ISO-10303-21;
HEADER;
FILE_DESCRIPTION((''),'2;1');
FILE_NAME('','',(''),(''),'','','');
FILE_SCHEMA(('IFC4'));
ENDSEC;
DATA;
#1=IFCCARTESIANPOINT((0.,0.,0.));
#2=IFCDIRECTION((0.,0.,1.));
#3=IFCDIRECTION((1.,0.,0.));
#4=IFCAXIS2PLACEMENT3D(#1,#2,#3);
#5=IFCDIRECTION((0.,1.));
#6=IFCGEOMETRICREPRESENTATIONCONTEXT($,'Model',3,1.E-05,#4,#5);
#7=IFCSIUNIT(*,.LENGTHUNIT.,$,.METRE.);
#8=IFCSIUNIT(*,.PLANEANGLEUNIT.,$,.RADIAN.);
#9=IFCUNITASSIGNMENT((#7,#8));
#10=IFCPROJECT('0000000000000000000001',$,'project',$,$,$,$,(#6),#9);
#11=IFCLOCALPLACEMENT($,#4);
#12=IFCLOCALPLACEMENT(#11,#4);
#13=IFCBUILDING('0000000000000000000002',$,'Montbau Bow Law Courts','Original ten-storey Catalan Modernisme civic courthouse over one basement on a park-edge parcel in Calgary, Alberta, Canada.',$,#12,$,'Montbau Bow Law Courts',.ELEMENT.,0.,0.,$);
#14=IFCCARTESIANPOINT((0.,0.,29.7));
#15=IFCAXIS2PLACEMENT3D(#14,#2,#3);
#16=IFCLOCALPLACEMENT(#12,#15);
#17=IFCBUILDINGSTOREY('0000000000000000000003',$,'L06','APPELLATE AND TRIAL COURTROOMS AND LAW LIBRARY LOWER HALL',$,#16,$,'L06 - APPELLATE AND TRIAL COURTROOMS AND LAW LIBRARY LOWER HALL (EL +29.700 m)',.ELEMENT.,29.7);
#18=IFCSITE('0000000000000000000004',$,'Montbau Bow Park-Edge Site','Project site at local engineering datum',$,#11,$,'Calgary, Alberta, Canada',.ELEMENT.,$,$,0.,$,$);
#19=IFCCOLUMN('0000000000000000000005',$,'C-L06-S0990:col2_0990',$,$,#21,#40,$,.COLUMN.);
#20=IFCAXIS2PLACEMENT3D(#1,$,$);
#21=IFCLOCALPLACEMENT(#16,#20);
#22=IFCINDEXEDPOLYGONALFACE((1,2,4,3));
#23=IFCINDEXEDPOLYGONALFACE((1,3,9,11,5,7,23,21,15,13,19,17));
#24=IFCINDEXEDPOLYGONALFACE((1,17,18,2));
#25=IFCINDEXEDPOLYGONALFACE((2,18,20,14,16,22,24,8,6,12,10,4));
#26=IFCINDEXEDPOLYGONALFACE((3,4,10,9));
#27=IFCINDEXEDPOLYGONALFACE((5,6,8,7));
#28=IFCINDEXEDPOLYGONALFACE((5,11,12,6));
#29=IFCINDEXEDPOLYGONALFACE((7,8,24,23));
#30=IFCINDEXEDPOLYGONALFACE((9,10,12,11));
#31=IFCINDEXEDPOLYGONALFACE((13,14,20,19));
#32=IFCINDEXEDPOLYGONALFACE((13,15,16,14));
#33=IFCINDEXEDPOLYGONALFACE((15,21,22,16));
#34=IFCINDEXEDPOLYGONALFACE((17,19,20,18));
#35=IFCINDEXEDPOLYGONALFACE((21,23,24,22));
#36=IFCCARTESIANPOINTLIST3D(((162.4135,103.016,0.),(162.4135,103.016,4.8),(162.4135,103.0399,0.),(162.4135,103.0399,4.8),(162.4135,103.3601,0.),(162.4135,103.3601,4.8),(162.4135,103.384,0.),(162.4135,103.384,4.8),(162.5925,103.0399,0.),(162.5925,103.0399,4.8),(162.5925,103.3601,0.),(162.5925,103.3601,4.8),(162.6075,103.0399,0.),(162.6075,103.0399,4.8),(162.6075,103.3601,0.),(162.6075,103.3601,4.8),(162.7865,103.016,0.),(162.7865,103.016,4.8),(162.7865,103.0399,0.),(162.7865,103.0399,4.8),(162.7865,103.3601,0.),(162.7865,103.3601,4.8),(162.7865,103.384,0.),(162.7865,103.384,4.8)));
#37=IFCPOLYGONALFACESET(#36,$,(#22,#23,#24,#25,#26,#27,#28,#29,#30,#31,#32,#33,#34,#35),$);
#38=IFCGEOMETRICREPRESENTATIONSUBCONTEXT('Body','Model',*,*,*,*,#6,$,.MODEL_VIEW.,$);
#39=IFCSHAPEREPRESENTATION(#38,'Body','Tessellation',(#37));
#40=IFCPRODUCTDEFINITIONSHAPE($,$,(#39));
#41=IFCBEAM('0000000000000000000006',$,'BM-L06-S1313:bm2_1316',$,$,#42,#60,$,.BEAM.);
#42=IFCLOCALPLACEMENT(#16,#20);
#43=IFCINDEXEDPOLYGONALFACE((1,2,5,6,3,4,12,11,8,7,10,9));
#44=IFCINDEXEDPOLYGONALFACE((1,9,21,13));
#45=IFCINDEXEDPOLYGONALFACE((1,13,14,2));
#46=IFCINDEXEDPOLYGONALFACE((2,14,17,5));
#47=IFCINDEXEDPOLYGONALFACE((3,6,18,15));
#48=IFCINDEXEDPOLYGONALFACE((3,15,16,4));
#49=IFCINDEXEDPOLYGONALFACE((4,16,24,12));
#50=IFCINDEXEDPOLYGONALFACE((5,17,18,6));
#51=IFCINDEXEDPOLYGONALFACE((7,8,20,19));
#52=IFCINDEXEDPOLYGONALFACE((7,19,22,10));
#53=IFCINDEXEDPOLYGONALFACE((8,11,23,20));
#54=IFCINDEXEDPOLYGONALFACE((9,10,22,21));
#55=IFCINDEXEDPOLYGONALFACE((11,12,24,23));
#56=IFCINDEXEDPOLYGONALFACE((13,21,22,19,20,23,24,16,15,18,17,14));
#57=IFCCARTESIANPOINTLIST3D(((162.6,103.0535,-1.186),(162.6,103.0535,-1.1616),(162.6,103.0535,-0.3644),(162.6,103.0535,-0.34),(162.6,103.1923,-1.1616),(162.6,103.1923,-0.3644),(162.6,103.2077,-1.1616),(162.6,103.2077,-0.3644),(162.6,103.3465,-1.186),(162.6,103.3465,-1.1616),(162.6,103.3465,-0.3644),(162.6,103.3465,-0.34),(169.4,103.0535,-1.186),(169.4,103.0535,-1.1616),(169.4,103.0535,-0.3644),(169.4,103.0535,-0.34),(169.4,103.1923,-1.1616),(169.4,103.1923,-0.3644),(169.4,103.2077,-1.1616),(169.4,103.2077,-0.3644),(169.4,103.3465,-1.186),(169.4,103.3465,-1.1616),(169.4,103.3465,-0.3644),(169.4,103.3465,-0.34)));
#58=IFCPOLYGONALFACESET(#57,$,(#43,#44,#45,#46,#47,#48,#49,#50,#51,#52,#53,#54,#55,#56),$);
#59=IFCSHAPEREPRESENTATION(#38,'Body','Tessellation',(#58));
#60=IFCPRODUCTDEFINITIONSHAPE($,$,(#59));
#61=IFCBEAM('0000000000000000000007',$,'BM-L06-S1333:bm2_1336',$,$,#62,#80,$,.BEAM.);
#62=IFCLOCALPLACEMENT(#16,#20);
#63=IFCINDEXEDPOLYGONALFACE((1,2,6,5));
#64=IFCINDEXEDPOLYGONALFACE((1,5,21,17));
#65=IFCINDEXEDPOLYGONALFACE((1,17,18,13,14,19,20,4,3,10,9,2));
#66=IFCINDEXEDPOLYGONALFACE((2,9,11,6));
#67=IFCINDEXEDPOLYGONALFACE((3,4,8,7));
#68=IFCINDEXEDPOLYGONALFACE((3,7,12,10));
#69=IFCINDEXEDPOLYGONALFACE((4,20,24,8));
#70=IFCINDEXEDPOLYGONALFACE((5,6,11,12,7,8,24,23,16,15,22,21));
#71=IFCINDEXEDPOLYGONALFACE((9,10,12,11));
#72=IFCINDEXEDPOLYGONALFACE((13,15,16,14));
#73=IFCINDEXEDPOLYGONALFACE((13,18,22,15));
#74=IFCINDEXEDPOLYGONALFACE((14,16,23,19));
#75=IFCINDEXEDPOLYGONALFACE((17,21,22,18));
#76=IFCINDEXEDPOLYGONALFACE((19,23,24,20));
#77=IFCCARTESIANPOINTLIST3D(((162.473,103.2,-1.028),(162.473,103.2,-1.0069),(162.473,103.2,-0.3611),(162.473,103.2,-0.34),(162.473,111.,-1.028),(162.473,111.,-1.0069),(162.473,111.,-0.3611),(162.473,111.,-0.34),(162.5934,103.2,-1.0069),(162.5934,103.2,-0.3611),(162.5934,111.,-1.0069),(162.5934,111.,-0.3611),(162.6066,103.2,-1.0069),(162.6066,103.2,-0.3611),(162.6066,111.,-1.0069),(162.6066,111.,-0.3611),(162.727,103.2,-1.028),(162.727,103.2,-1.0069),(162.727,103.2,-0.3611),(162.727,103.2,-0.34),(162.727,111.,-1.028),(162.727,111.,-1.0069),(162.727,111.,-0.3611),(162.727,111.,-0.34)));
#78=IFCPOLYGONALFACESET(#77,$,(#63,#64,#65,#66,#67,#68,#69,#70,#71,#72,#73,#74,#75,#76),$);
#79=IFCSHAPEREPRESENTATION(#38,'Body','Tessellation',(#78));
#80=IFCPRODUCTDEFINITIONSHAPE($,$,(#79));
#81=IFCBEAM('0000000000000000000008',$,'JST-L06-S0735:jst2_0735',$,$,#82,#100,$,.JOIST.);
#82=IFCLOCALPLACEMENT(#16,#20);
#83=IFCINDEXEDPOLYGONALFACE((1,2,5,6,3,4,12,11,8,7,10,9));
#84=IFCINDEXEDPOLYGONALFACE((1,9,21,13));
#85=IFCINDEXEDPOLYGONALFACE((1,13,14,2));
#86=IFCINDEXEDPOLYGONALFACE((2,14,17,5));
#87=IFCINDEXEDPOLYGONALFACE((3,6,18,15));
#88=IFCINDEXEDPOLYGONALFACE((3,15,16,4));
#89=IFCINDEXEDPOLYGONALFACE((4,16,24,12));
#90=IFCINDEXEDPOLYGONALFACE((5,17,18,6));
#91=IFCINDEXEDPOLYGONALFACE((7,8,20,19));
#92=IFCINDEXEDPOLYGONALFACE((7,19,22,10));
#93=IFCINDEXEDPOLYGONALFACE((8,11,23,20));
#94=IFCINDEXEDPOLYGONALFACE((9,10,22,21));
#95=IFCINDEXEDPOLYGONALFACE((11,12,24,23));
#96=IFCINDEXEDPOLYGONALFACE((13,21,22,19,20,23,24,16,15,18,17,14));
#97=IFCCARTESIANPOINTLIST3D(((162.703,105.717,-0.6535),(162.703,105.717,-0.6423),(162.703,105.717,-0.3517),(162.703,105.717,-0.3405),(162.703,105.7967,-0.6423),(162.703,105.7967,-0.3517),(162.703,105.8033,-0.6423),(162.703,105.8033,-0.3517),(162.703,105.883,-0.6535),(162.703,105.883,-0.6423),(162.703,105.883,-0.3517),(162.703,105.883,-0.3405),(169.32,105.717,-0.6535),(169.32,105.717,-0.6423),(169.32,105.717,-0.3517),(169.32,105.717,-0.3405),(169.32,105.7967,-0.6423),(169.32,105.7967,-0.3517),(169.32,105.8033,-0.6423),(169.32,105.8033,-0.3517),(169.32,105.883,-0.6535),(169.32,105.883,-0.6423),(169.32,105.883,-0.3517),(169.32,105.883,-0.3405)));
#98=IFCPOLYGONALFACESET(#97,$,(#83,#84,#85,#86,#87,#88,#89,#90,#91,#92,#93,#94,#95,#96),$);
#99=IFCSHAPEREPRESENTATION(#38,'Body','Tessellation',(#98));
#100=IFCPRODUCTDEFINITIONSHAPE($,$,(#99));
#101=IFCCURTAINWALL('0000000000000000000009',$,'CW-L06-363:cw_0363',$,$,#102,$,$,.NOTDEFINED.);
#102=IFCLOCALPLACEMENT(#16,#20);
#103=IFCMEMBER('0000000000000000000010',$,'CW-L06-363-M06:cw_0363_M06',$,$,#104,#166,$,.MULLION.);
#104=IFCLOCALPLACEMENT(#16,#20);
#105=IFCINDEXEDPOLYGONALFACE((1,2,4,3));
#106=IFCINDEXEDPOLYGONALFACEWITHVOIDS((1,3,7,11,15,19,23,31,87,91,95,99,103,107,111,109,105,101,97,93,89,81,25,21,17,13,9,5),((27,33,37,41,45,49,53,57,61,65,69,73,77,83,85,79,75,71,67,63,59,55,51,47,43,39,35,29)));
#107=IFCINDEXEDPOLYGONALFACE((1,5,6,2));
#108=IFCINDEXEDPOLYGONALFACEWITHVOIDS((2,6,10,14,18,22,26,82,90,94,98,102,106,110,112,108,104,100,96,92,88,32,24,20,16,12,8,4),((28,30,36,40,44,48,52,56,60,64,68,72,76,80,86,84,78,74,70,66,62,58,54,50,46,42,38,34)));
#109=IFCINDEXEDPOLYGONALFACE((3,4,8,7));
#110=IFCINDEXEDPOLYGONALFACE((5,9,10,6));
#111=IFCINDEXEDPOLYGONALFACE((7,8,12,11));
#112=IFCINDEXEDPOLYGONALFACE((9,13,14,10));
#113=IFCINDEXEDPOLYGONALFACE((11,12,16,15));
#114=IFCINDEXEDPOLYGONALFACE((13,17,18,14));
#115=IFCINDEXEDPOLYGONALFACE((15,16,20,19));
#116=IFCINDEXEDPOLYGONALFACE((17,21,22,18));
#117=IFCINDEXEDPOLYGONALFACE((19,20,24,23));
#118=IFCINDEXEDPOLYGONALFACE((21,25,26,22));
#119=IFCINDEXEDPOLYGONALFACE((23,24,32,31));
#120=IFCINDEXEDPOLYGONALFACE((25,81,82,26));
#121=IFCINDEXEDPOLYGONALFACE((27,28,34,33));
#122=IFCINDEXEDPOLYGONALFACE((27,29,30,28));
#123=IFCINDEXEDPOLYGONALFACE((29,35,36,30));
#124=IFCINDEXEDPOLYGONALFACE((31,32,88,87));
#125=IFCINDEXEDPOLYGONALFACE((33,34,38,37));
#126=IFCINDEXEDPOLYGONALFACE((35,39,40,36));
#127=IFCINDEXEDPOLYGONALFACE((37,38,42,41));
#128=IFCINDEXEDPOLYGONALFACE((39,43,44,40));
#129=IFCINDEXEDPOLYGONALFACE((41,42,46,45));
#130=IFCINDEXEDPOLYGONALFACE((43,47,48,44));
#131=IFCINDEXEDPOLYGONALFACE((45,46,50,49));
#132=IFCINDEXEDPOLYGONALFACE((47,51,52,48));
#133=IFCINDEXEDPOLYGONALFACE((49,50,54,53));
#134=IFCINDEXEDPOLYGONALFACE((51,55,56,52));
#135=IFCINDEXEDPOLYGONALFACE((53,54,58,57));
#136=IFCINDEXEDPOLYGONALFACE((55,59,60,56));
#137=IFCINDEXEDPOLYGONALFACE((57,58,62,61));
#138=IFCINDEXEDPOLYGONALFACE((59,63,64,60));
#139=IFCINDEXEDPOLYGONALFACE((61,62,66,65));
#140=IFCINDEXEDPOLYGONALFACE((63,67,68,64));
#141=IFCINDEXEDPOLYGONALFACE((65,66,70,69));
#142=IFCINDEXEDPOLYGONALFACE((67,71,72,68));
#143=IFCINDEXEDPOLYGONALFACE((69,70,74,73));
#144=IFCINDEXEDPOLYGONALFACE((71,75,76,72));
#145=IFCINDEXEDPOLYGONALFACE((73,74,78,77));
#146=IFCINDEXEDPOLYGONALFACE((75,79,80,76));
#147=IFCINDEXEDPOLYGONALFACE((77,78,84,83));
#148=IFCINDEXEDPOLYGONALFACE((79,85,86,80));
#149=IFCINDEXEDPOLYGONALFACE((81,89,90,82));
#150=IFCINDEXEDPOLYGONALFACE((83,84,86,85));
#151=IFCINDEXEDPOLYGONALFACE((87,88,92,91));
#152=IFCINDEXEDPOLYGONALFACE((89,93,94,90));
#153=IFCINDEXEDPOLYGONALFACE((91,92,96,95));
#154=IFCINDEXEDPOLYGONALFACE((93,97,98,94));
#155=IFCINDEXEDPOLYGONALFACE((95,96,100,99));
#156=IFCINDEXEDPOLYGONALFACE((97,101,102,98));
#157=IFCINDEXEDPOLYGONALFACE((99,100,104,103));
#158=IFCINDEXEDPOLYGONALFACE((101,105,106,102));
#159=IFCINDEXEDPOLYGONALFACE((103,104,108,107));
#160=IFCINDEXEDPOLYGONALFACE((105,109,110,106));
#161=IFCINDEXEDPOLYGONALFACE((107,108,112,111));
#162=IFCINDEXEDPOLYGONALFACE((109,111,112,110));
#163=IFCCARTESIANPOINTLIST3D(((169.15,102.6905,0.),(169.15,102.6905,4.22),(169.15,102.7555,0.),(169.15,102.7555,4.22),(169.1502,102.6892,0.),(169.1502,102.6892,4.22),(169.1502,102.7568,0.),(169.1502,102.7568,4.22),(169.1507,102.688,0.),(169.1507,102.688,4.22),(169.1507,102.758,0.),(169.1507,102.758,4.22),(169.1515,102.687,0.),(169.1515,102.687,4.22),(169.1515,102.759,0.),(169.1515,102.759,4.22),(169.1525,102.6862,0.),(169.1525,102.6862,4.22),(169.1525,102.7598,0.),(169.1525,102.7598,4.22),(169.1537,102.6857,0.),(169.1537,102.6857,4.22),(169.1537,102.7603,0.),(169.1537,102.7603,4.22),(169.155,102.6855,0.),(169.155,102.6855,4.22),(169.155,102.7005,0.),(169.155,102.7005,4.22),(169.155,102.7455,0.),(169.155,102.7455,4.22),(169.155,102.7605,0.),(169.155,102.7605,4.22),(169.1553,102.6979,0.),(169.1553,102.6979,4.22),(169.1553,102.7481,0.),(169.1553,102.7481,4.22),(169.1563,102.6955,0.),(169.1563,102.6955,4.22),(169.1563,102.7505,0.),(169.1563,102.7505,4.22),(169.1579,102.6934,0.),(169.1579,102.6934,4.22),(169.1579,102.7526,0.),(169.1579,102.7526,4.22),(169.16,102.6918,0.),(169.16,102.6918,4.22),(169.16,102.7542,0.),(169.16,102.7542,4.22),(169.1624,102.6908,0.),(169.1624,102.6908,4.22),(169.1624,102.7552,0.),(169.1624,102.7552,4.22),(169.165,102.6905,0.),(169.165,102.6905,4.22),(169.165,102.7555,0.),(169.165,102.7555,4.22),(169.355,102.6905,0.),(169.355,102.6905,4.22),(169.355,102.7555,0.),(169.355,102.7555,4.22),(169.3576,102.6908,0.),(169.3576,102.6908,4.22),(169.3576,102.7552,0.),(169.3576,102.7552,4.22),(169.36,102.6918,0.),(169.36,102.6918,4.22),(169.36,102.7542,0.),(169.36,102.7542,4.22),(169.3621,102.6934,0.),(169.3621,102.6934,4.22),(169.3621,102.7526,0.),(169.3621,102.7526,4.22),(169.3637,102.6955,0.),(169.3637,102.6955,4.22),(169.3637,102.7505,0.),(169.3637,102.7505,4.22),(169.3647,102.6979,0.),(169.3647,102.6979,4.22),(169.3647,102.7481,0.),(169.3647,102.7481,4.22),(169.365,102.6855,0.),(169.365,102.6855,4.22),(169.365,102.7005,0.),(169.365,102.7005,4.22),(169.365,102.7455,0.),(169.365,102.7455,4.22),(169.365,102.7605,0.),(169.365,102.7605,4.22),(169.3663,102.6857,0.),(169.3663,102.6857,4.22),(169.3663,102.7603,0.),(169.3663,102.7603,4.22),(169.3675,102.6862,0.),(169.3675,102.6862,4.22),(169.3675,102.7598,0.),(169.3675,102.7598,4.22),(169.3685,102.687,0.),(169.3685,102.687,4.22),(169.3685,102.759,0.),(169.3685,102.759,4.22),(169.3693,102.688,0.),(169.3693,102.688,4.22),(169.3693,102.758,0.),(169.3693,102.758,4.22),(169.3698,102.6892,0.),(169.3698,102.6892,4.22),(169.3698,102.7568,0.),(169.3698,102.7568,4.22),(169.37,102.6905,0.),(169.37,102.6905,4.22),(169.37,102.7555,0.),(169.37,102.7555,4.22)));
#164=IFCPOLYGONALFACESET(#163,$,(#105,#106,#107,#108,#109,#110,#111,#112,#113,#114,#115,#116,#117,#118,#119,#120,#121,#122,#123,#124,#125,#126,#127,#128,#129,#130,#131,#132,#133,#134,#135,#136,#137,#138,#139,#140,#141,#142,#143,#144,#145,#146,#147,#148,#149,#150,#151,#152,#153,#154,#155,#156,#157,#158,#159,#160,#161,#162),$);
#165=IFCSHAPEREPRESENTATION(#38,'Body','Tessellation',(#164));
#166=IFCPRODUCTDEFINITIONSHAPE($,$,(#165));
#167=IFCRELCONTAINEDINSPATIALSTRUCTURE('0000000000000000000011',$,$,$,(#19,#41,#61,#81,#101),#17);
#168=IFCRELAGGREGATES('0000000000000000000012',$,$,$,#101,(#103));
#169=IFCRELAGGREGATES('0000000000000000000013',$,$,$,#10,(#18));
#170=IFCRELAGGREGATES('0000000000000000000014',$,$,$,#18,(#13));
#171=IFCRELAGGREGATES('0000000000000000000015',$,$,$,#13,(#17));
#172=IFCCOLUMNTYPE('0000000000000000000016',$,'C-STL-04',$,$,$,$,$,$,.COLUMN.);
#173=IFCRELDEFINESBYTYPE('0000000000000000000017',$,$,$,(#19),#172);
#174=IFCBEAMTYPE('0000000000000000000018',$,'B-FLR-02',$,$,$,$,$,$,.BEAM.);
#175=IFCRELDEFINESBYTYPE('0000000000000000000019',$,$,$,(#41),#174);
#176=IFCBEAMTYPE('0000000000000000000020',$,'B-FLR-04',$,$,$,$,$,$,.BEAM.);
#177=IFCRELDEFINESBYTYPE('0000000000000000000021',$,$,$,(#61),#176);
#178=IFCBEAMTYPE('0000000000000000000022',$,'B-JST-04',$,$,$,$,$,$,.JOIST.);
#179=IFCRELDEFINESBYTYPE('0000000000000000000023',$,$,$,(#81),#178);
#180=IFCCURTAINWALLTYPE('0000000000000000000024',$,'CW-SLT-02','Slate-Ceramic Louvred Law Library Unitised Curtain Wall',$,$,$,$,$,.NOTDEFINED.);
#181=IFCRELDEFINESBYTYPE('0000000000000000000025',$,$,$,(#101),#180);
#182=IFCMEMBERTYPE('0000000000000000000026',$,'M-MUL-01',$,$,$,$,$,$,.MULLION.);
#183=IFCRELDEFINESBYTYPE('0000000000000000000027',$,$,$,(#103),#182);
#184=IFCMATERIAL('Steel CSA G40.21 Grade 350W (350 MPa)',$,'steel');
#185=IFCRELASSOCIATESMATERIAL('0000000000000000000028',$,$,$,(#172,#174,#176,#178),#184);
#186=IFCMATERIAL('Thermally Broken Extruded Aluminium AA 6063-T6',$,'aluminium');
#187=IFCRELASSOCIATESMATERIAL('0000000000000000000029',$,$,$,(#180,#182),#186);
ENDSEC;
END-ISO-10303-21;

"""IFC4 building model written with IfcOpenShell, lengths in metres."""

from ifc_helpers import new_model, si_unit, direction, frame, origin_with_axes, origin_2d_with_axis, place, context, subcontext, project, spatial, hollow_rectangle, i_section, extrude, material, material_profile, profile_set, type_object, element, aggregate, save


model = new_model("IFC4")

# Units and contexts
model_context = context("Model", 3, precision=1e-05, world=origin_with_axes(), true_north=direction((0.0, 1.0)))
body_context = subcontext(model_context, "Body", "Model", "MODEL_VIEW")
ifc_project = project(units=[si_unit("LENGTHUNIT", "METRE"), si_unit("PLANEANGLEUNIT", "RADIAN")], contexts=[model_context])

# Site, building, storey
site_placement = place(None, origin_with_axes())
site = spatial("IfcSite", under=ifc_project, at=site_placement, Name="Montbau Bow Park-Edge Site", Description="Project site at local engineering datum", LongName="Calgary, Alberta, Canada", CompositionType="ELEMENT", RefElevation=0.0)
building_placement = place(site_placement, origin_with_axes())
building = spatial("IfcBuilding", under=site, at=building_placement, Name="Montbau Bow Law Courts", Description="Original ten-storey Catalan Modernisme civic courthouse over one basement on a park-edge parcel in Calgary, Alberta, Canada.", LongName="Montbau Bow Law Courts", CompositionType="ELEMENT", ElevationOfRefHeight=0.0, ElevationOfTerrain=0.0)
storey_placement = place(building_placement, frame((0.0, 0.0, 29.7), z_axis=(0.0, 0.0, 1.0), x_axis=(1.0, 0.0, 0.0)))
storey = spatial("IfcBuildingStorey", under=building, at=storey_placement, Name="L06", Description="APPELLATE AND TRIAL COURTROOMS AND LAW LIBRARY LOWER HALL", LongName="L06 - APPELLATE AND TRIAL COURTROOMS AND LAW LIBRARY LOWER HALL (EL +29.700 m)", CompositionType="ELEMENT", Elevation=29.7)

# Column
ifc_material_1 = material(Name="Steel CSA G40.21 Grade 350W (350 MPa)", Category="steel")
ifc_material_profile_1 = material_profile(ifc_material_1, i_section(OverallWidth=0.373, OverallDepth=0.368, WebThickness=0.015, FlangeThickness=0.0239, at=origin_2d_with_axis()), Name="W360X179", Category="Main", Priority=0)
ifc_profile_set_1 = profile_set([ifc_material_profile_1], Name="Steel CSA G40.21 Grade 350W (350 MPa)")
column_type = type_object("IfcColumnType", Name="C-STL-04", PredefinedType="COLUMN", material=ifc_profile_set_1)
column_placement = place(None, frame((162.6, 103.2, 29.7), z_axis=(0.0, 0.0, 1.0), x_axis=(1.0, 0.0, 0.0)))
element("IfcColumn", 1, at=column_placement, inside=storey, type_object=column_type, Name="C-L06-S0990:col2_0990", PredefinedType="COLUMN", context=body_context, shape_type="SweptSolid", body=[
    extrude(i_section(OverallWidth=0.373, OverallDepth=0.368, WebThickness=0.015, FlangeThickness=0.0239, at=origin_2d_with_axis()), origin_with_axes(), (0.0, 0.0, 1.0), 4.8),
])

# Beams
ifc_material_profile_2 = material_profile(ifc_material_1, i_section(OverallWidth=0.293, OverallDepth=0.846, WebThickness=0.0154, FlangeThickness=0.0244, at=origin_2d_with_axis()), Name="W840X210", Category="Main", Priority=0)
ifc_profile_set_2 = profile_set([ifc_material_profile_2], Name="Steel CSA G40.21 Grade 350W (350 MPa)")
beam_type_1 = type_object("IfcBeamType", Name="B-FLR-02", PredefinedType="BEAM", material=ifc_profile_set_2)
beam_1_placement = place(None, frame((162.6, 103.2, 28.937), z_axis=(1.0, 0.0, 0.0), x_axis=(0.0, 1.0, 0.0)))
element("IfcBeam", 2, at=beam_1_placement, inside=storey, type_object=beam_type_1, Name="BM-L06-S1313:bm2_1316", PredefinedType="BEAM", context=body_context, shape_type="SweptSolid", body=[
    extrude(i_section(OverallWidth=0.293, OverallDepth=0.846, WebThickness=0.0154, FlangeThickness=0.0244, at=origin_2d_with_axis()), origin_with_axes(), (0.0, 0.0, 1.0), 6.8),
])
ifc_material_profile_3 = material_profile(ifc_material_1, i_section(OverallWidth=0.254, OverallDepth=0.688, WebThickness=0.0131, FlangeThickness=0.0211, at=origin_2d_with_axis()), Name="W690X152", Category="Main", Priority=0)
ifc_profile_set_3 = profile_set([ifc_material_profile_3], Name="Steel CSA G40.21 Grade 350W (350 MPa)")
beam_type_2 = type_object("IfcBeamType", Name="B-FLR-04", PredefinedType="BEAM", material=ifc_profile_set_3)
beam_2_placement = place(None, frame((162.6, 103.2, 29.016), z_axis=(0.0, 1.0, 0.0), x_axis=(-1.0, 0.0, 0.0)))
element("IfcBeam", 3, at=beam_2_placement, inside=storey, type_object=beam_type_2, Name="BM-L06-S1333:bm2_1336", PredefinedType="BEAM", context=body_context, shape_type="SweptSolid", body=[
    extrude(i_section(OverallWidth=0.254, OverallDepth=0.688, WebThickness=0.0131, FlangeThickness=0.0211, at=origin_2d_with_axis()), origin_with_axes(), (0.0, 0.0, 1.0), 7.8),
])
ifc_material_profile_4 = material_profile(ifc_material_1, i_section(OverallWidth=0.166, OverallDepth=0.313, WebThickness=0.0066, FlangeThickness=0.0112, at=origin_2d_with_axis()), Name="W310X45", Category="Main", Priority=0)
ifc_profile_set_4 = profile_set([ifc_material_profile_4], Name="Steel CSA G40.21 Grade 350W (350 MPa)")
beam_type_3 = type_object("IfcBeamType", Name="B-JST-04", PredefinedType="JOIST", material=ifc_profile_set_4)
beam_3_placement = place(None, frame((162.703, 105.8, 29.203), z_axis=(1.0, 0.0, 0.0), x_axis=(0.0, 1.0, 0.0)))
element("IfcBeam", 4, at=beam_3_placement, inside=storey, type_object=beam_type_3, Name="JST-L06-S0735:jst2_0735", PredefinedType="JOIST", context=body_context, shape_type="SweptSolid", body=[
    extrude(i_section(OverallWidth=0.166, OverallDepth=0.313, WebThickness=0.0066, FlangeThickness=0.0112, at=origin_2d_with_axis()), origin_with_axes(), (0.0, 0.0, 1.0), 6.617),
])

# Curtain wall, member
ifc_material_2 = material(Name="Thermally Broken Extruded Aluminium AA 6063-T6", Category="aluminium")
curtain_wall_type = type_object("IfcCurtainWallType", Name="CW-SLT-02", Description="Slate-Ceramic Louvred Law Library Unitised Curtain Wall", PredefinedType="NOTDEFINED", material=ifc_material_2)
curtain_wall_1_placement = place(None, frame((169.26, 95.24, 29.7), z_axis=(0.0, 0.0, 1.0), x_axis=(1.0, 0.0, 0.0)))
curtain_wall_1 = element("IfcCurtainWall", 5, at=curtain_wall_1_placement, inside=storey, type_object=curtain_wall_type, Name="CW-L06-363:cw_0363", PredefinedType="NOTDEFINED")
ifc_material_profile_5 = material_profile(ifc_material_2, hollow_rectangle(XDim=0.075, YDim=0.22, WallThickness=0.005, InnerFilletRadius=0.01, OuterFilletRadius=0.005, at=origin_2d_with_axis()), Name="CWM-220X75", Category="Main", Priority=0)
ifc_profile_set_5 = profile_set([ifc_material_profile_5], Name="Thermally Broken Extruded Aluminium AA 6063-T6")
member_type_1 = type_object("IfcMemberType", Name="M-MUL-01", PredefinedType="MULLION", material=ifc_profile_set_5)
member_1_placement = place(None, frame((169.26, 102.723, 29.7), z_axis=(0.0, 0.0, 1.0), x_axis=(0.0, 1.0, 0.0)))
member_1 = element("IfcMember", 6, at=member_1_placement, type_object=member_type_1, Name="CW-L06-363-M06:cw_0363_M06", PredefinedType="MULLION", context=body_context, shape_type="SweptSolid", body=[
    extrude(hollow_rectangle(XDim=0.075, YDim=0.22, WallThickness=0.005, InnerFilletRadius=0.01, OuterFilletRadius=0.005, at=origin_2d_with_axis()), origin_with_axes(), (0.0, 0.0, 1.0), 4.22),
])

aggregate(curtain_wall_1, [member_1])

save(model, "model.ifc")
